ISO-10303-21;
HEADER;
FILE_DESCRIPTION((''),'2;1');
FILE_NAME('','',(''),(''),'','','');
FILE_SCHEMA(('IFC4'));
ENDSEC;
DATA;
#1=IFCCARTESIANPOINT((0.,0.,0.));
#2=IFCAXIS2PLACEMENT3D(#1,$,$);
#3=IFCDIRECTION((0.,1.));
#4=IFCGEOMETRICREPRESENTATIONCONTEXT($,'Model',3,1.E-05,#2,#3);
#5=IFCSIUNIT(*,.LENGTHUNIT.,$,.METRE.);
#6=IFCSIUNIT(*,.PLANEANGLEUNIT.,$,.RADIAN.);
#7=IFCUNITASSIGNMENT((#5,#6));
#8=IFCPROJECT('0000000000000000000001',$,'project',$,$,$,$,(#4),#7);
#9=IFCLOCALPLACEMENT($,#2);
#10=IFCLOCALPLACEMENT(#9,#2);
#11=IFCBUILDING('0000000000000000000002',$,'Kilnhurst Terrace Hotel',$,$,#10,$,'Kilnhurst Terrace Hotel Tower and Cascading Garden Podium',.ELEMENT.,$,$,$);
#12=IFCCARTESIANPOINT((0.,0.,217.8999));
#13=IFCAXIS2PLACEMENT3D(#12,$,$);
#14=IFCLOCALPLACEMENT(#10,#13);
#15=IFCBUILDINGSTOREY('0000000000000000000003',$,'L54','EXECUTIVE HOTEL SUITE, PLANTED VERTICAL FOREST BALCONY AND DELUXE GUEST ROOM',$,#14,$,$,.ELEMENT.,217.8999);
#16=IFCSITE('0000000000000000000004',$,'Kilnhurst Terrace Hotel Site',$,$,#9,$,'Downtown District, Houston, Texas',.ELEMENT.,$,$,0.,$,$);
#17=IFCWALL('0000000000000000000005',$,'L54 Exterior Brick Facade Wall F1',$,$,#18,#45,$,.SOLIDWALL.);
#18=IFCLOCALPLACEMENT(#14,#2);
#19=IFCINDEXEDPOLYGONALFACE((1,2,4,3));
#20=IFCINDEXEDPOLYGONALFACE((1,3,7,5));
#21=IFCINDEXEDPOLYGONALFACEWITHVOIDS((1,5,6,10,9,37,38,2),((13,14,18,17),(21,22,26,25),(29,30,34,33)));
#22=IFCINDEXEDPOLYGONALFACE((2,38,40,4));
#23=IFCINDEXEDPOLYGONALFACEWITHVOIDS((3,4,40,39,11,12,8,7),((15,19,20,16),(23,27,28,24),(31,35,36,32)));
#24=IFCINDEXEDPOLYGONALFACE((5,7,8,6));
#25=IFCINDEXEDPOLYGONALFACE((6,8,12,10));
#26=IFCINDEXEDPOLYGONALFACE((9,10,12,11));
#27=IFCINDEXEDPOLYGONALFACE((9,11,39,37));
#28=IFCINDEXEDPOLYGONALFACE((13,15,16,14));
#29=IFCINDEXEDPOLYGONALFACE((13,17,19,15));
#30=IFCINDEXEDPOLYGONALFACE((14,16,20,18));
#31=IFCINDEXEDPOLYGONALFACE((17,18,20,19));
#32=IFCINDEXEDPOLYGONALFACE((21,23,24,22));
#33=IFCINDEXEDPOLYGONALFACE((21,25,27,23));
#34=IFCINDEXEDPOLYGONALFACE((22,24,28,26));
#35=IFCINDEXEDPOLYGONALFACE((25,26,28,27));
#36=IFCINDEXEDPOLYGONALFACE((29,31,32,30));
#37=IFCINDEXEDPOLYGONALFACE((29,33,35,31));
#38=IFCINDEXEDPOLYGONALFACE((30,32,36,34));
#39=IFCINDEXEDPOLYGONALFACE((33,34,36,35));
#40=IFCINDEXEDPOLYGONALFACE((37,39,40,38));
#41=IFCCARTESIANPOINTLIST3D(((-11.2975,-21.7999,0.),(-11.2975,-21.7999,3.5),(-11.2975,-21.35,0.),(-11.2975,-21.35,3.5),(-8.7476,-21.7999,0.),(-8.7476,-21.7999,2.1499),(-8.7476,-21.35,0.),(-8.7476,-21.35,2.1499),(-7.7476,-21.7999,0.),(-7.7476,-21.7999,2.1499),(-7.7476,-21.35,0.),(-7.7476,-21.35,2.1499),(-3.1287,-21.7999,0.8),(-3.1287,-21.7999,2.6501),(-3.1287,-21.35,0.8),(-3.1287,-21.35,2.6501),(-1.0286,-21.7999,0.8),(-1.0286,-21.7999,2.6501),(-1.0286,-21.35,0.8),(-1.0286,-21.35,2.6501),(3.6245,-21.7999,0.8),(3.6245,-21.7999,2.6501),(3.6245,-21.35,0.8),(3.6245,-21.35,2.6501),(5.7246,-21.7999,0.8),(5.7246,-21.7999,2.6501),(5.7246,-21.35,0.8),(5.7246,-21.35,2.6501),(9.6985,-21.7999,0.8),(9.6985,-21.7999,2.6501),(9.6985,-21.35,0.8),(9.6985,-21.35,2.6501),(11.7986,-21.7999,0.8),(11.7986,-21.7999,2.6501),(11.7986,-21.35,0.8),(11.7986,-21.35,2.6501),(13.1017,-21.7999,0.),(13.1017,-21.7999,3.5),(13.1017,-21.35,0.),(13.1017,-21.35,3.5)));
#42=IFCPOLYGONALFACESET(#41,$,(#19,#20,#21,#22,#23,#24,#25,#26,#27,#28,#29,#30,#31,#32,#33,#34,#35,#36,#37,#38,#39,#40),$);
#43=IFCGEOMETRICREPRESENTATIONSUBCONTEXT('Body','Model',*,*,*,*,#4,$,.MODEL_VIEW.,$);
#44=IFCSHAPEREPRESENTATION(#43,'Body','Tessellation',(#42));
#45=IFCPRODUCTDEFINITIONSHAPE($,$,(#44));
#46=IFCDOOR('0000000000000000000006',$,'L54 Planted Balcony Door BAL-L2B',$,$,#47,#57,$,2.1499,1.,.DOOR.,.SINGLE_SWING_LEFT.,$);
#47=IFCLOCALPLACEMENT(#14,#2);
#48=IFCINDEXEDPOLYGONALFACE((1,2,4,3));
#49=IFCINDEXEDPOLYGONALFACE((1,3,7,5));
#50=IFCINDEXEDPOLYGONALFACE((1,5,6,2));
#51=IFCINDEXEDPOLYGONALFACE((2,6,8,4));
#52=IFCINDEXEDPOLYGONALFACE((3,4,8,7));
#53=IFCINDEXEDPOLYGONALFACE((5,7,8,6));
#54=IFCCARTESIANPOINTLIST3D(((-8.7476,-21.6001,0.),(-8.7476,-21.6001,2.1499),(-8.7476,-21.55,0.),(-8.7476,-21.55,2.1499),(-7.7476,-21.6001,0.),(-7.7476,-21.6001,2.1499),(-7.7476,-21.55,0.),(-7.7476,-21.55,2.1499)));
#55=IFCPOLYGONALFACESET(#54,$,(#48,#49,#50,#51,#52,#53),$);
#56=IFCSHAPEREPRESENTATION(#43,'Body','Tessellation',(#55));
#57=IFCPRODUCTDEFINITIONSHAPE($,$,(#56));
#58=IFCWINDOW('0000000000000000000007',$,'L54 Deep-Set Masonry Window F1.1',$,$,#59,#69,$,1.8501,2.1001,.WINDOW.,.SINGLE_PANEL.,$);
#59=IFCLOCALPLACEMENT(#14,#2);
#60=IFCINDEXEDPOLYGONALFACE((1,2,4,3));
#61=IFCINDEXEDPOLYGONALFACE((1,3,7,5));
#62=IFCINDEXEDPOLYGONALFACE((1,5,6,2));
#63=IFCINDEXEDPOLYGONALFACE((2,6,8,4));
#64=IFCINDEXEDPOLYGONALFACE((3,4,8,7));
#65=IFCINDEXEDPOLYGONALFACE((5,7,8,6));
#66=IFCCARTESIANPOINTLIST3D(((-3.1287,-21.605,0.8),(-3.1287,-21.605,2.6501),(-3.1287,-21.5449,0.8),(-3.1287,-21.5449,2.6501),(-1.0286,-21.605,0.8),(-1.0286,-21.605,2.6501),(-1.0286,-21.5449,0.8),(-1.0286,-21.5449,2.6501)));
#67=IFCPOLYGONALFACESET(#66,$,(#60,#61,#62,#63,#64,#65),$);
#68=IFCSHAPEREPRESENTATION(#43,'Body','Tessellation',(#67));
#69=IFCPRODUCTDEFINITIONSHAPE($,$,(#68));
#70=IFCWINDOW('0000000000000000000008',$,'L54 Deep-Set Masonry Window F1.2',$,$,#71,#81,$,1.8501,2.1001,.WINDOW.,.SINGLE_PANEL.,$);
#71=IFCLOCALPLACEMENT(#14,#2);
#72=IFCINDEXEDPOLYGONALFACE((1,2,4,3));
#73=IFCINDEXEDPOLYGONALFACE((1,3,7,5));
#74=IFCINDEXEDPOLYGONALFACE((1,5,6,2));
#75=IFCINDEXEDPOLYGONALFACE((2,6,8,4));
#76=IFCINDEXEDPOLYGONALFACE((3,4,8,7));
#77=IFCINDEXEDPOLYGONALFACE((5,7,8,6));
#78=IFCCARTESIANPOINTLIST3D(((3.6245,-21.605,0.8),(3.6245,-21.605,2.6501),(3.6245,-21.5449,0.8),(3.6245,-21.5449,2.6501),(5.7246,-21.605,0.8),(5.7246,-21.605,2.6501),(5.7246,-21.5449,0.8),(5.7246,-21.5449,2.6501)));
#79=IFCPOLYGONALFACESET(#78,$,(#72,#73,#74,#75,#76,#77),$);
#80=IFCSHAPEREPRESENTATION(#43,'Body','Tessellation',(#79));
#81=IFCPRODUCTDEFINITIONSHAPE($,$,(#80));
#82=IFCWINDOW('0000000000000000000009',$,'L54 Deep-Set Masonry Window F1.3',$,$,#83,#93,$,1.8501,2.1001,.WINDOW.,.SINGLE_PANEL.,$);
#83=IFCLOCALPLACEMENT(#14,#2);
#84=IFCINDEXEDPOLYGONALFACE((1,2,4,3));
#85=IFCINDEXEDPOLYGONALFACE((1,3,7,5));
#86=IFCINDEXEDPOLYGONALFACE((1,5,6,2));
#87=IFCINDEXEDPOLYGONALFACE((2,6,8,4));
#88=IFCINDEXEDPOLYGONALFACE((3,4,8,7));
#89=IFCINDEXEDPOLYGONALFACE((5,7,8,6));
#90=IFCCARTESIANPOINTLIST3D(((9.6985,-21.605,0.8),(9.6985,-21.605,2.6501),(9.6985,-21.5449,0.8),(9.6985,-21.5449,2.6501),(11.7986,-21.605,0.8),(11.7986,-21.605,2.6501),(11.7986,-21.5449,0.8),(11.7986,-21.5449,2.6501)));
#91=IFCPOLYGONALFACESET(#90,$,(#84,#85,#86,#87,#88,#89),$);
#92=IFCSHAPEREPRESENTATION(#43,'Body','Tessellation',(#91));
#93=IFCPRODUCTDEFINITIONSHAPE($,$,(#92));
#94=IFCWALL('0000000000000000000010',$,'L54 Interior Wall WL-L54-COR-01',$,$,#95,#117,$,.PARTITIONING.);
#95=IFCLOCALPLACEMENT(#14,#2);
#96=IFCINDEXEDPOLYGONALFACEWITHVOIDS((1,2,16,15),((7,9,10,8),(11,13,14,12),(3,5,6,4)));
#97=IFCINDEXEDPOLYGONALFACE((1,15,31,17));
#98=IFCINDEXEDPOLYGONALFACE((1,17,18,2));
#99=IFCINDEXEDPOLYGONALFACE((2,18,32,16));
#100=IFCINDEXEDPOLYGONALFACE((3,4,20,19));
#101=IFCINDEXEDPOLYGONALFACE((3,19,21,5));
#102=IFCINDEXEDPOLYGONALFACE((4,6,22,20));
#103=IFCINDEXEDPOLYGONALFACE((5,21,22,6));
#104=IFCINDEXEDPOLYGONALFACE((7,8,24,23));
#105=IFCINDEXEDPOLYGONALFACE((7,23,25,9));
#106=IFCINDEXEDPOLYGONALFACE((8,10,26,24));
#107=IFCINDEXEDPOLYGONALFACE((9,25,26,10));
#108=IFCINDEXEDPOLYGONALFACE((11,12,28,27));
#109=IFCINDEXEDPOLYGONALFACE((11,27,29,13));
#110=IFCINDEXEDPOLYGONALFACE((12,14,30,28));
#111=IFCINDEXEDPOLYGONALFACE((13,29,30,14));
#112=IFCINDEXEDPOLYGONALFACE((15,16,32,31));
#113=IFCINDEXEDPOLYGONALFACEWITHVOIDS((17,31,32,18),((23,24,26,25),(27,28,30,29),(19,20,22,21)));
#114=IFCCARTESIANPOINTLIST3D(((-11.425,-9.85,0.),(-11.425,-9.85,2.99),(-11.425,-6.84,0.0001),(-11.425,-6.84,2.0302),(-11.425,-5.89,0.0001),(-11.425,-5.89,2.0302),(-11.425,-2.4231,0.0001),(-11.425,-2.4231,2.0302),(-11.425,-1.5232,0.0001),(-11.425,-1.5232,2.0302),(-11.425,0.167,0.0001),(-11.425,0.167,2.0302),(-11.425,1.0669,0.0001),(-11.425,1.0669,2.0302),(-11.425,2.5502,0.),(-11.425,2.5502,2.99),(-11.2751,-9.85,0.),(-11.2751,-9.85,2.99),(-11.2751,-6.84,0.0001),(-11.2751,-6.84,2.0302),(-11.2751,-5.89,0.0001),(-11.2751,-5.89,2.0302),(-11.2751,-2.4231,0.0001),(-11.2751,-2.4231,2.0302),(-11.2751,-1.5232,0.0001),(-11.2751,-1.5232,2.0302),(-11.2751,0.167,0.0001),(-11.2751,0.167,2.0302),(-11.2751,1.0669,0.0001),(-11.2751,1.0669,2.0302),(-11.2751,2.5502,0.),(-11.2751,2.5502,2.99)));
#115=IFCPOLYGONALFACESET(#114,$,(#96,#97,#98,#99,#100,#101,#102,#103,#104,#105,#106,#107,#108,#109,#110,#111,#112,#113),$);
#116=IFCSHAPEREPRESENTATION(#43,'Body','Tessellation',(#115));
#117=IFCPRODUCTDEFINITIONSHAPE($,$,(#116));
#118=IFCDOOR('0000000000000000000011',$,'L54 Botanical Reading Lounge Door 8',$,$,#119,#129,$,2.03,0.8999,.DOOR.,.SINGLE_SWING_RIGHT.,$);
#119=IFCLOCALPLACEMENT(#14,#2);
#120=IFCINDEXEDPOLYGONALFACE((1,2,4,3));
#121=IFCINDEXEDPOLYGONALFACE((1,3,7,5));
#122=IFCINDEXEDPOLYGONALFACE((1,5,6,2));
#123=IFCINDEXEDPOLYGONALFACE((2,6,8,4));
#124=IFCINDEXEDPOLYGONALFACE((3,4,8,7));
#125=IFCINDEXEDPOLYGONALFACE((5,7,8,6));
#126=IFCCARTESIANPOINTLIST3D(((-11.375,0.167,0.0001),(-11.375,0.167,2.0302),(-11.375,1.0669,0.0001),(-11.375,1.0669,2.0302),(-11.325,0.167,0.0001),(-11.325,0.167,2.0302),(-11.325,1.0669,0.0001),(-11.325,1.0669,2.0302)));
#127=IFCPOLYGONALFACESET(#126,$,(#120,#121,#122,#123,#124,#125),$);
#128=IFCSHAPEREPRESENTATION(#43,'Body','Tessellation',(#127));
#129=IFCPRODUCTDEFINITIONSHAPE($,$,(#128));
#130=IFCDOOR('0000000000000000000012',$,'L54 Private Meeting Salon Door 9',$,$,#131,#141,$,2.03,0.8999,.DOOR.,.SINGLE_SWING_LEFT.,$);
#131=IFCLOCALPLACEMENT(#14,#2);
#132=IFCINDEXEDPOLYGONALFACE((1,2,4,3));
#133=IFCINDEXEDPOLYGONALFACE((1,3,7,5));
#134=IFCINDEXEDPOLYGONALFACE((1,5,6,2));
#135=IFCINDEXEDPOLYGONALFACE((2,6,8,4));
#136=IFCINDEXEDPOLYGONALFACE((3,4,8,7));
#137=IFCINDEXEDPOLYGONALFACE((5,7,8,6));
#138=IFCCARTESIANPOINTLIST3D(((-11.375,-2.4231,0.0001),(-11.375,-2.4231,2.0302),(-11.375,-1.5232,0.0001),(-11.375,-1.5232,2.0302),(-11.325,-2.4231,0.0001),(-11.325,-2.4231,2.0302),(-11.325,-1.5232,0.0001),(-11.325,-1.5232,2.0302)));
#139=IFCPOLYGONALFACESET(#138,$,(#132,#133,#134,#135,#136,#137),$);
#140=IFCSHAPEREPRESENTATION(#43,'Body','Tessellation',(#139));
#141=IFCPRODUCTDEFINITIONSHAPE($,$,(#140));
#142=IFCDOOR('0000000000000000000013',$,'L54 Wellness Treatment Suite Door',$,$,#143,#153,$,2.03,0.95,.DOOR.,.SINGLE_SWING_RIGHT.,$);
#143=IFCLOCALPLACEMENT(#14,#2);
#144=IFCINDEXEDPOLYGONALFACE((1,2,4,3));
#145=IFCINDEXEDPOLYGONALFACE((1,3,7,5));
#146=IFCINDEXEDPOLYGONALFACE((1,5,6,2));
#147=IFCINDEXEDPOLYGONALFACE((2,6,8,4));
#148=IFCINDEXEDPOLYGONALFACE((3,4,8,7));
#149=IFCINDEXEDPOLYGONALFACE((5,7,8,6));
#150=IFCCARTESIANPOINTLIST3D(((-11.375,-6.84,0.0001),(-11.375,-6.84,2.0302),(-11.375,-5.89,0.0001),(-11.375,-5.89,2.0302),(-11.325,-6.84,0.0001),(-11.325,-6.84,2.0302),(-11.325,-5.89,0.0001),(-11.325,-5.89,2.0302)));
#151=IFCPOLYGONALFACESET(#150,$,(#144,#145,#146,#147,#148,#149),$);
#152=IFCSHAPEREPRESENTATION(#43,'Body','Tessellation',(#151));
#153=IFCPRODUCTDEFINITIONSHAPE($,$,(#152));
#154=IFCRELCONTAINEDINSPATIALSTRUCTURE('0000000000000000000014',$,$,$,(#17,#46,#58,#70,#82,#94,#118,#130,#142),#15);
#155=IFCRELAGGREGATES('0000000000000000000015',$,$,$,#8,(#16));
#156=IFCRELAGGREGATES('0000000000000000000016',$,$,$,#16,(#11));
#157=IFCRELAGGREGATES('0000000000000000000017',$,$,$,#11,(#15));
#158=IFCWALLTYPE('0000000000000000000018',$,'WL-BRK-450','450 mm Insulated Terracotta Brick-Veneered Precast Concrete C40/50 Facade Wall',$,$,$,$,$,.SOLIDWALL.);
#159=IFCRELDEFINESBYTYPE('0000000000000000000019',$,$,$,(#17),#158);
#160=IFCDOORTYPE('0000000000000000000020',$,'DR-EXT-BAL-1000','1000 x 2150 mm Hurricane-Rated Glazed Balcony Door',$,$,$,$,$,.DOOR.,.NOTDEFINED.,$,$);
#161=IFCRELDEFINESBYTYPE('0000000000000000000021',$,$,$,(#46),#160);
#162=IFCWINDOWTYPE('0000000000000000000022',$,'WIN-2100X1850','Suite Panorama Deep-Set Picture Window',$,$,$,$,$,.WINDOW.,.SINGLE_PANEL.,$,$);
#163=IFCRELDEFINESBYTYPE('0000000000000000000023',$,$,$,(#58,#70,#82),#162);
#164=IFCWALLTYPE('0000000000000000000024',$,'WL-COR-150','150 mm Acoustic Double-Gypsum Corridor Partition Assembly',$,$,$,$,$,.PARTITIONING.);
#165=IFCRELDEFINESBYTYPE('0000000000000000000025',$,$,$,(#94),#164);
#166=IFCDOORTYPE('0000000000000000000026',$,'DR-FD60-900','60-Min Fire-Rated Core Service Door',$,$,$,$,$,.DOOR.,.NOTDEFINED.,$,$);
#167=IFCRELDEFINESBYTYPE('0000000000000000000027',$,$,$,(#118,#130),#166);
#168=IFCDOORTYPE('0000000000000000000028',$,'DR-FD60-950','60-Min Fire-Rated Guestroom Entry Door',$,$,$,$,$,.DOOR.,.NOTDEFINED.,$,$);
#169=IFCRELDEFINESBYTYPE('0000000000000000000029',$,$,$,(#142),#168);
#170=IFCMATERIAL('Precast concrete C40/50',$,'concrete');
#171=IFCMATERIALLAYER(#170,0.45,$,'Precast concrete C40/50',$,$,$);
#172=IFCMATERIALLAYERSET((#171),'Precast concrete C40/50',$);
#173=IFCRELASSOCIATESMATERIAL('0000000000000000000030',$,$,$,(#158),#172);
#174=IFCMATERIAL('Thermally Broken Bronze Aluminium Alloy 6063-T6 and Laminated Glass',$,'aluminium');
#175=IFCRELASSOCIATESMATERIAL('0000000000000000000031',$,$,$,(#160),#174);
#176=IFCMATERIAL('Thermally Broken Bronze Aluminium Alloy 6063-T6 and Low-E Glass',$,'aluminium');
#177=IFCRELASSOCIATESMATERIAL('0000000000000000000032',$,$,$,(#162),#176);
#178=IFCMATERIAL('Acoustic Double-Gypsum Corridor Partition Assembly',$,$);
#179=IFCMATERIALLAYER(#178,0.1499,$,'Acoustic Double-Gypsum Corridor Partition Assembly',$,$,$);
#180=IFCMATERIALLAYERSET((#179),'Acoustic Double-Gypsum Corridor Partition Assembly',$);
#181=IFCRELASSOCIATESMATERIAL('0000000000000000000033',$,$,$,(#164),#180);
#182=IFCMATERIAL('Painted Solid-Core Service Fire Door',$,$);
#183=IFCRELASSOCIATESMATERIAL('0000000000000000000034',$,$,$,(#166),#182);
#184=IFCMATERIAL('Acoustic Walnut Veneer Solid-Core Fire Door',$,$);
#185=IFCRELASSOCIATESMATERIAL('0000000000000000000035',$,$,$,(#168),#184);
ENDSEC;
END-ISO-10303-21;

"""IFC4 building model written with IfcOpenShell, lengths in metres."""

from ifc_helpers import new_model, si_unit, direction, frame, frame_2d, origin, place, context, subcontext, project, spatial, rectangle, extrude, material, layer, layer_set, type_object, element, fill, save


model = new_model("IFC4")

# Units and contexts
model_context = context("Model", 3, precision=1e-05, world=origin(), true_north=direction((0.0, 1.0)))
body_context = subcontext(model_context, "Body", "Model", "MODEL_VIEW")
ifc_project = project(units=[si_unit("LENGTHUNIT", "METRE"), si_unit("PLANEANGLEUNIT", "RADIAN")], contexts=[model_context])

# Site, building, storey
site_placement = place(None, origin())
site = spatial("IfcSite", under=ifc_project, at=site_placement, Name="Kilnhurst Terrace Hotel Site", LongName="Downtown District, Houston, Texas", CompositionType="ELEMENT", RefElevation=0.0)
building_placement = place(site_placement, origin())
building = spatial("IfcBuilding", under=site, at=building_placement, Name="Kilnhurst Terrace Hotel", LongName="Kilnhurst Terrace Hotel Tower and Cascading Garden Podium", CompositionType="ELEMENT")
storey_placement = place(building_placement, frame((0.0, 0.0, 217.8999)))
storey = spatial("IfcBuildingStorey", under=building, at=storey_placement, Name="L54", Description="EXECUTIVE HOTEL SUITE, PLANTED VERTICAL FOREST BALCONY AND DELUXE GUEST ROOM", CompositionType="ELEMENT", Elevation=217.8999)

# Shared definitions
ifc_material_1 = material(Name="Precast concrete C40/50", Category="concrete")
ifc_layer_1 = layer(ifc_material_1, 0.45, Name="Precast concrete C40/50")
ifc_layer_set_1 = layer_set([ifc_layer_1], Name="Precast concrete C40/50")
wall_type_1 = type_object("IfcWallType", Name="WL-BRK-450", Description="450 mm Insulated Terracotta Brick-Veneered Precast Concrete C40/50 Facade Wall", PredefinedType="SOLIDWALL", material=ifc_layer_set_1)

# Wall, openings, door, windows
wall_1_placement = place(storey_placement, frame((-11.2976, -21.575, 0.0), z_axis=(0.0, 0.0, 1.0), x_axis=(1.0, 0.0, 0.0)))
wall_1 = element("IfcWall", 1, at=wall_1_placement, inside=storey, type_object=wall_type_1, Name="L54 Exterior Brick Facade Wall F1", PredefinedType="SOLIDWALL", context=body_context, shape_type="SweptSolid", body=[
    extrude(rectangle(XDim=24.3992, YDim=0.45, at=frame_2d((12.1997, 0.0))), origin(), (0.0, 0.0, 1.0), 3.5),
])
opening_1_placement = place(wall_1_placement, frame((2.55, 0.0, 0.0)))
opening_1 = element("IfcOpeningElement", 2, at=opening_1_placement, cuts=wall_1, PredefinedType="OPENING", context=body_context, shape_type="SweptSolid", body=[
    extrude(rectangle(XDim=1.0, YDim=2.1499, at=frame_2d((0.5, 1.075))), frame((0.0, 0.2349, 0.0), z_axis=(0.0, -1.0, 0.0), x_axis=(1.0, 0.0, 0.0)), (0.0, 0.0, 1.0), 0.47),
])
opening_2_placement = place(wall_1_placement, frame((8.1689, 0.0, 0.8)))
opening_2 = element("IfcOpeningElement", 3, at=opening_2_placement, cuts=wall_1, PredefinedType="OPENING", context=body_context, shape_type="SweptSolid", body=[
    extrude(rectangle(XDim=2.1001, YDim=1.8501, at=frame_2d((1.05, 0.925))), frame((0.0, 0.2349, 0.0), z_axis=(0.0, -1.0, 0.0), x_axis=(1.0, 0.0, 0.0)), (0.0, 0.0, 1.0), 0.47),
])
opening_3_placement = place(wall_1_placement, frame((14.9221, 0.0, 0.8)))
opening_3 = element("IfcOpeningElement", 4, at=opening_3_placement, cuts=wall_1, PredefinedType="OPENING", context=body_context, shape_type="SweptSolid", body=[
    extrude(rectangle(XDim=2.1001, YDim=1.8501, at=frame_2d((1.05, 0.925))), frame((0.0, 0.2349, 0.0), z_axis=(0.0, -1.0, 0.0), x_axis=(1.0, 0.0, 0.0)), (0.0, 0.0, 1.0), 0.47),
])
opening_4_placement = place(wall_1_placement, frame((20.9961, 0.0, 0.8)))
opening_4 = element("IfcOpeningElement", 5, at=opening_4_placement, cuts=wall_1, PredefinedType="OPENING", context=body_context, shape_type="SweptSolid", body=[
    extrude(rectangle(XDim=2.1001, YDim=1.8501, at=frame_2d((1.05, 0.925))), frame((0.0, 0.2349, 0.0), z_axis=(0.0, -1.0, 0.0), x_axis=(1.0, 0.0, 0.0)), (0.0, 0.0, 1.0), 0.47),
])
ifc_material_2 = material(Name="Thermally Broken Bronze Aluminium Alloy 6063-T6 and Laminated Glass", Category="aluminium")
door_type_1 = type_object("IfcDoorType", Name="DR-EXT-BAL-1000", Description="1000 x 2150 mm Hurricane-Rated Glazed Balcony Door", OperationType="NOTDEFINED", PredefinedType="DOOR", material=ifc_material_2)
door_1_placement = place(opening_1_placement, origin())
door_1 = element("IfcDoor", 6, at=door_1_placement, inside=storey, type_object=door_type_1, Name="L54 Planted Balcony Door BAL-L2B", OperationType="SINGLE_SWING_LEFT", OverallHeight=2.1499, OverallWidth=1.0, PredefinedType="DOOR", context=body_context, shape_type="SweptSolid", body=[
    extrude(rectangle(XDim=1.0, YDim=2.1499, at=frame_2d((0.5, 1.075))), frame((0.0, 0.0249, 0.0), z_axis=(0.0, -1.0, 0.0), x_axis=(1.0, 0.0, 0.0)), (0.0, 0.0, 1.0), 0.05),
])
fill(opening_1, door_1)
ifc_material_3 = material(Name="Thermally Broken Bronze Aluminium Alloy 6063-T6 and Low-E Glass", Category="aluminium")
window_type = type_object("IfcWindowType", Name="WIN-2100X1850", Description="Suite Panorama Deep-Set Picture Window", PartitioningType="SINGLE_PANEL", PredefinedType="WINDOW", material=ifc_material_3)
window_1_placement = place(opening_2_placement, origin())
window_1 = element("IfcWindow", 7, at=window_1_placement, inside=storey, type_object=window_type, Name="L54 Deep-Set Masonry Window F1.1", OverallHeight=1.8501, OverallWidth=2.1001, PartitioningType="SINGLE_PANEL", PredefinedType="WINDOW", context=body_context, shape_type="SweptSolid", body=[
    extrude(rectangle(XDim=2.1001, YDim=1.8501, at=frame_2d((1.05, 0.925))), frame((0.0, 0.03, 0.0), z_axis=(0.0, -1.0, 0.0), x_axis=(1.0, 0.0, 0.0)), (0.0, 0.0, 1.0), 0.0601),
])
fill(opening_2, window_1)
window_2_placement = place(opening_3_placement, origin())
window_2 = element("IfcWindow", 8, at=window_2_placement, inside=storey, type_object=window_type, Name="L54 Deep-Set Masonry Window F1.2", OverallHeight=1.8501, OverallWidth=2.1001, PartitioningType="SINGLE_PANEL", PredefinedType="WINDOW", context=body_context, shape_type="SweptSolid", body=[
    extrude(rectangle(XDim=2.1001, YDim=1.8501, at=frame_2d((1.05, 0.925))), frame((0.0, 0.03, 0.0), z_axis=(0.0, -1.0, 0.0), x_axis=(1.0, 0.0, 0.0)), (0.0, 0.0, 1.0), 0.0601),
])
fill(opening_3, window_2)
window_3_placement = place(opening_4_placement, origin())
window_3 = element("IfcWindow", 9, at=window_3_placement, inside=storey, type_object=window_type, Name="L54 Deep-Set Masonry Window F1.3", OverallHeight=1.8501, OverallWidth=2.1001, PartitioningType="SINGLE_PANEL", PredefinedType="WINDOW", context=body_context, shape_type="SweptSolid", body=[
    extrude(rectangle(XDim=2.1001, YDim=1.8501, at=frame_2d((1.05, 0.925))), frame((0.0, 0.03, 0.0), z_axis=(0.0, -1.0, 0.0), x_axis=(1.0, 0.0, 0.0)), (0.0, 0.0, 1.0), 0.0601),
])
fill(opening_4, window_3)

# Wall, openings, doors
ifc_material_4 = material(Name="Acoustic Double-Gypsum Corridor Partition Assembly")
ifc_layer_2 = layer(ifc_material_4, 0.1499, Name="Acoustic Double-Gypsum Corridor Partition Assembly")
ifc_layer_set_2 = layer_set([ifc_layer_2], Name="Acoustic Double-Gypsum Corridor Partition Assembly")
wall_type_2 = type_object("IfcWallType", Name="WL-COR-150", Description="150 mm Acoustic Double-Gypsum Corridor Partition Assembly", PredefinedType="PARTITIONING", material=ifc_layer_set_2)
wall_2_placement = place(storey_placement, frame((-11.3501, -9.8501, 0.0), z_axis=(0.0, 0.0, 1.0), x_axis=(0.0, 1.0, 0.0)))
wall_2 = element("IfcWall", 10, at=wall_2_placement, inside=storey, type_object=wall_type_2, Name="L54 Interior Wall WL-L54-COR-01", PredefinedType="PARTITIONING", context=body_context, shape_type="SweptSolid", body=[
    extrude(rectangle(XDim=12.4001, YDim=0.1499, at=frame_2d((6.2002, 0.0))), origin(), (0.0, 0.0, 1.0), 2.99),
])
opening_5_placement = place(wall_2_placement, frame((10.0171, 0.0, 0.0)))
opening_5 = element("IfcOpeningElement", 11, at=opening_5_placement, cuts=wall_2, PredefinedType="OPENING", context=body_context, shape_type="SweptSolid", body=[
    extrude(rectangle(XDim=0.8999, YDim=2.03, at=frame_2d((0.45, 1.0151))), frame((0.0, 0.085, 0.0), z_axis=(0.0, -1.0, 0.0), x_axis=(1.0, 0.0, 0.0)), (0.0, 0.0, 1.0), 0.1699),
])
opening_6_placement = place(wall_2_placement, frame((7.427, 0.0, 0.0)))
opening_6 = element("IfcOpeningElement", 12, at=opening_6_placement, cuts=wall_2, PredefinedType="OPENING", context=body_context, shape_type="SweptSolid", body=[
    extrude(rectangle(XDim=0.8999, YDim=2.03, at=frame_2d((0.45, 1.0151))), frame((0.0, 0.085, 0.0), z_axis=(0.0, -1.0, 0.0), x_axis=(1.0, 0.0, 0.0)), (0.0, 0.0, 1.0), 0.1699),
])
opening_7_placement = place(wall_2_placement, frame((3.01, 0.0, 0.0)))
opening_7 = element("IfcOpeningElement", 13, at=opening_7_placement, cuts=wall_2, PredefinedType="OPENING", context=body_context, shape_type="SweptSolid", body=[
    extrude(rectangle(XDim=0.95, YDim=2.03, at=frame_2d((0.4751, 1.0151))), frame((0.0, 0.085, 0.0), z_axis=(0.0, -1.0, 0.0), x_axis=(1.0, 0.0, 0.0)), (0.0, 0.0, 1.0), 0.1699),
])
ifc_material_5 = material(Name="Painted Solid-Core Service Fire Door")
door_type_2 = type_object("IfcDoorType", Name="DR-FD60-900", Description="60-Min Fire-Rated Core Service Door", OperationType="NOTDEFINED", PredefinedType="DOOR", material=ifc_material_5)
door_2_placement = place(opening_5_placement, origin())
door_2 = element("IfcDoor", 14, at=door_2_placement, inside=storey, type_object=door_type_2, Name="L54 Botanical Reading Lounge Door 8", OperationType="SINGLE_SWING_RIGHT", OverallHeight=2.03, OverallWidth=0.8999, PredefinedType="DOOR", context=body_context, shape_type="SweptSolid", body=[
    extrude(rectangle(XDim=0.8999, YDim=2.03, at=frame_2d((0.45, 1.0151))), frame((0.0, 0.0249, 0.0), z_axis=(0.0, -1.0, 0.0), x_axis=(1.0, 0.0, 0.0)), (0.0, 0.0, 1.0), 0.05),
])
fill(opening_5, door_2)
door_3_placement = place(opening_6_placement, origin())
door_3 = element("IfcDoor", 15, at=door_3_placement, inside=storey, type_object=door_type_2, Name="L54 Private Meeting Salon Door 9", OperationType="SINGLE_SWING_LEFT", OverallHeight=2.03, OverallWidth=0.8999, PredefinedType="DOOR", context=body_context, shape_type="SweptSolid", body=[
    extrude(rectangle(XDim=0.8999, YDim=2.03, at=frame_2d((0.45, 1.0151))), frame((0.0, 0.0249, 0.0), z_axis=(0.0, -1.0, 0.0), x_axis=(1.0, 0.0, 0.0)), (0.0, 0.0, 1.0), 0.05),
])
fill(opening_6, door_3)
ifc_material_6 = material(Name="Acoustic Walnut Veneer Solid-Core Fire Door")
door_type_3 = type_object("IfcDoorType", Name="DR-FD60-950", Description="60-Min Fire-Rated Guestroom Entry Door", OperationType="NOTDEFINED", PredefinedType="DOOR", material=ifc_material_6)
door_4_placement = place(opening_7_placement, origin())
door_4 = element("IfcDoor", 16, at=door_4_placement, inside=storey, type_object=door_type_3, Name="L54 Wellness Treatment Suite Door", OperationType="SINGLE_SWING_RIGHT", OverallHeight=2.03, OverallWidth=0.95, PredefinedType="DOOR", context=body_context, shape_type="SweptSolid", body=[
    extrude(rectangle(XDim=0.95, YDim=2.03, at=frame_2d((0.4751, 1.0151))), frame((0.0, 0.0249, 0.0), z_axis=(0.0, -1.0, 0.0), x_axis=(1.0, 0.0, 0.0)), (0.0, 0.0, 1.0), 0.05),
])
fill(opening_7, door_4)

save(model, "model.ifc")
